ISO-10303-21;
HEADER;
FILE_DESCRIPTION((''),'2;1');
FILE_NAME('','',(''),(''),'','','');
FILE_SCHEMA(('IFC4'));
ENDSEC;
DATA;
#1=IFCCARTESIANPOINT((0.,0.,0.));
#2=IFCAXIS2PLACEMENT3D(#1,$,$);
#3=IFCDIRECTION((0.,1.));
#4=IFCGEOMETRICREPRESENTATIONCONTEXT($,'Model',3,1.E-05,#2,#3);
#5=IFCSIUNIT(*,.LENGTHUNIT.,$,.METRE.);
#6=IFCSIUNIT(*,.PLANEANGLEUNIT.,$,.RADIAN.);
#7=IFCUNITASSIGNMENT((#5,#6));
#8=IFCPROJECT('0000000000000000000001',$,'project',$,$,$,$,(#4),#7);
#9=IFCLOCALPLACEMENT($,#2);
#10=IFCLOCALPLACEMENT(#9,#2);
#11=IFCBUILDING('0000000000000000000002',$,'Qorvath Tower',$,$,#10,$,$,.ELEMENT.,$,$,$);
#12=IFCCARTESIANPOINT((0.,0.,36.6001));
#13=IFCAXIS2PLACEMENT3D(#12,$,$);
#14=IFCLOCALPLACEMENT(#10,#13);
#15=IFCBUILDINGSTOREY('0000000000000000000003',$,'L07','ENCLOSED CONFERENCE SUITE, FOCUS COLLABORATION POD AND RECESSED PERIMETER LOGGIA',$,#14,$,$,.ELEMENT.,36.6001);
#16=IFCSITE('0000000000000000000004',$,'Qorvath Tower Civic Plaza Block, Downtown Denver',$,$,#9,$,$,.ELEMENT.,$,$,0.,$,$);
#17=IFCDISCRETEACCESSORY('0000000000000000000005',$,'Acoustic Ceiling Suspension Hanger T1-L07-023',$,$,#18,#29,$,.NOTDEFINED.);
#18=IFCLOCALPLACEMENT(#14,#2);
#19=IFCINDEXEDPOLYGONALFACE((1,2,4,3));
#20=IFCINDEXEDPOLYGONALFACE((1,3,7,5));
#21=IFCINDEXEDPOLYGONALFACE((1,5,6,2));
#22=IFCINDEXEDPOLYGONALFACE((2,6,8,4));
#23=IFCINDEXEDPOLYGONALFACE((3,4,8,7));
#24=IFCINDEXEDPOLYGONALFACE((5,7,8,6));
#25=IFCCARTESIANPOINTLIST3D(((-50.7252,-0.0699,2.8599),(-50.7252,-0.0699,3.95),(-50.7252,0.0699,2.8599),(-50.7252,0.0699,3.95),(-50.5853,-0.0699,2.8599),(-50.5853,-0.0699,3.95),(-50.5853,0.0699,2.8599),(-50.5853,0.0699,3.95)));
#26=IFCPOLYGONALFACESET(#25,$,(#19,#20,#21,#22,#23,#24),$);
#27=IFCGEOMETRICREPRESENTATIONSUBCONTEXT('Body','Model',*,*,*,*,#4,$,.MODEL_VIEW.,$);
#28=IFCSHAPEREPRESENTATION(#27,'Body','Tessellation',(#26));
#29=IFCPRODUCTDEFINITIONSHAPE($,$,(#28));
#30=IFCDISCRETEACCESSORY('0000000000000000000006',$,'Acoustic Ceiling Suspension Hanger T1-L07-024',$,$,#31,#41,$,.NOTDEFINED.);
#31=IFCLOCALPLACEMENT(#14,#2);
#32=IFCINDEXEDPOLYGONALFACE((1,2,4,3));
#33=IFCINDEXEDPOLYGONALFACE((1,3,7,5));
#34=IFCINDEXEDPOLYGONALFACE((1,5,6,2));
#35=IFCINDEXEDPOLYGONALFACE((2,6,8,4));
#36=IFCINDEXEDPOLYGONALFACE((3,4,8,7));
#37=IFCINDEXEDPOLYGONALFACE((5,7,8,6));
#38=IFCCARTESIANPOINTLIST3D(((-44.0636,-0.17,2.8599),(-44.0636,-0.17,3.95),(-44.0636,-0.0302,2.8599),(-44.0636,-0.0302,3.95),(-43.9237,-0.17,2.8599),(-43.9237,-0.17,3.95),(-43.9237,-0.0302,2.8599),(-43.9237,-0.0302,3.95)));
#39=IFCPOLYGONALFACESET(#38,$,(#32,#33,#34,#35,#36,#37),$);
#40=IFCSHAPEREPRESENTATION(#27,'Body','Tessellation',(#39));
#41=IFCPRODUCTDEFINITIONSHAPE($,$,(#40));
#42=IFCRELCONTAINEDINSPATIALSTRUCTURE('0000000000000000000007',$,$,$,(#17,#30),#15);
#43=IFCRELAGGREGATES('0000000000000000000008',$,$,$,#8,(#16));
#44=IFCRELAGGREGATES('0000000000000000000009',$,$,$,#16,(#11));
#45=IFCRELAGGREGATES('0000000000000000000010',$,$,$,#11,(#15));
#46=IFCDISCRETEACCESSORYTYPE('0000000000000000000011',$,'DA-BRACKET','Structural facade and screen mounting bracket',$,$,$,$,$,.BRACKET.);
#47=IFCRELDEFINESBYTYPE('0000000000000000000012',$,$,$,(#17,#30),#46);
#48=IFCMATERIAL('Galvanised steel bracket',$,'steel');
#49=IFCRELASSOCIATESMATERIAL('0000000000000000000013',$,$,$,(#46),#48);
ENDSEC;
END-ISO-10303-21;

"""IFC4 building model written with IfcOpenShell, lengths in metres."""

from ifc_helpers import new_model, si_unit, direction, frame, origin, origin_2d, place, context, subcontext, project, spatial, rectangle, extrude, material, type_object, element, save


model = new_model("IFC4")

# Units and contexts
model_context = context("Model", 3, precision=1e-05, world=origin(), true_north=direction((0.0, 1.0)))
body_context = subcontext(model_context, "Body", "Model", "MODEL_VIEW")
ifc_project = project(units=[si_unit("LENGTHUNIT", "METRE"), si_unit("PLANEANGLEUNIT", "RADIAN")], contexts=[model_context])

# Site, building, storey
site_placement = place(None, origin())
site = spatial("IfcSite", under=ifc_project, at=site_placement, Name="Qorvath Tower Civic Plaza Block, Downtown Denver", CompositionType="ELEMENT", RefElevation=0.0)
building_placement = place(site_placement, origin())
building = spatial("IfcBuilding", under=site, at=building_placement, Name="Qorvath Tower", CompositionType="ELEMENT")
storey_placement = place(building_placement, frame((0.0, 0.0, 36.6001)))
storey = spatial("IfcBuildingStorey", under=building, at=storey_placement, Name="L07", Description="ENCLOSED CONFERENCE SUITE, FOCUS COLLABORATION POD AND RECESSED PERIMETER LOGGIA", CompositionType="ELEMENT", Elevation=36.6001)

# Discrete accessories
ifc_material_1 = material(Name="Galvanised steel bracket", Category="steel")
discrete_accessory_type = type_object("IfcDiscreteAccessoryType", Name="DA-BRACKET", Description="Structural facade and screen mounting bracket", PredefinedType="BRACKET", material=ifc_material_1)
for number, where, z_axis, x_axis, name in (
    (1, (-50.6553, 0.0, 2.8599), (0.0, 0.0, 1.0), (1.0, 0.0, 0.0), "Acoustic Ceiling Suspension Hanger T1-L07-023"),
    (2, (-43.9937, -0.1001, 2.8599), (0.0, 0.0, 1.0), (1.0, 0.0, 0.0), "Acoustic Ceiling Suspension Hanger T1-L07-024"),
):
    element("IfcDiscreteAccessory", number, at=place(storey_placement, frame(where, z_axis=z_axis, x_axis=x_axis)), inside=storey, type_object=discrete_accessory_type, Name=name, PredefinedType="NOTDEFINED", context=body_context, shape_type="SweptSolid", body=[
        extrude(rectangle(XDim=0.1399, YDim=0.1399, at=origin_2d()), origin(), (0.0, 0.0, 1.0), 1.0901),
    ])

save(model, "model.ifc")
